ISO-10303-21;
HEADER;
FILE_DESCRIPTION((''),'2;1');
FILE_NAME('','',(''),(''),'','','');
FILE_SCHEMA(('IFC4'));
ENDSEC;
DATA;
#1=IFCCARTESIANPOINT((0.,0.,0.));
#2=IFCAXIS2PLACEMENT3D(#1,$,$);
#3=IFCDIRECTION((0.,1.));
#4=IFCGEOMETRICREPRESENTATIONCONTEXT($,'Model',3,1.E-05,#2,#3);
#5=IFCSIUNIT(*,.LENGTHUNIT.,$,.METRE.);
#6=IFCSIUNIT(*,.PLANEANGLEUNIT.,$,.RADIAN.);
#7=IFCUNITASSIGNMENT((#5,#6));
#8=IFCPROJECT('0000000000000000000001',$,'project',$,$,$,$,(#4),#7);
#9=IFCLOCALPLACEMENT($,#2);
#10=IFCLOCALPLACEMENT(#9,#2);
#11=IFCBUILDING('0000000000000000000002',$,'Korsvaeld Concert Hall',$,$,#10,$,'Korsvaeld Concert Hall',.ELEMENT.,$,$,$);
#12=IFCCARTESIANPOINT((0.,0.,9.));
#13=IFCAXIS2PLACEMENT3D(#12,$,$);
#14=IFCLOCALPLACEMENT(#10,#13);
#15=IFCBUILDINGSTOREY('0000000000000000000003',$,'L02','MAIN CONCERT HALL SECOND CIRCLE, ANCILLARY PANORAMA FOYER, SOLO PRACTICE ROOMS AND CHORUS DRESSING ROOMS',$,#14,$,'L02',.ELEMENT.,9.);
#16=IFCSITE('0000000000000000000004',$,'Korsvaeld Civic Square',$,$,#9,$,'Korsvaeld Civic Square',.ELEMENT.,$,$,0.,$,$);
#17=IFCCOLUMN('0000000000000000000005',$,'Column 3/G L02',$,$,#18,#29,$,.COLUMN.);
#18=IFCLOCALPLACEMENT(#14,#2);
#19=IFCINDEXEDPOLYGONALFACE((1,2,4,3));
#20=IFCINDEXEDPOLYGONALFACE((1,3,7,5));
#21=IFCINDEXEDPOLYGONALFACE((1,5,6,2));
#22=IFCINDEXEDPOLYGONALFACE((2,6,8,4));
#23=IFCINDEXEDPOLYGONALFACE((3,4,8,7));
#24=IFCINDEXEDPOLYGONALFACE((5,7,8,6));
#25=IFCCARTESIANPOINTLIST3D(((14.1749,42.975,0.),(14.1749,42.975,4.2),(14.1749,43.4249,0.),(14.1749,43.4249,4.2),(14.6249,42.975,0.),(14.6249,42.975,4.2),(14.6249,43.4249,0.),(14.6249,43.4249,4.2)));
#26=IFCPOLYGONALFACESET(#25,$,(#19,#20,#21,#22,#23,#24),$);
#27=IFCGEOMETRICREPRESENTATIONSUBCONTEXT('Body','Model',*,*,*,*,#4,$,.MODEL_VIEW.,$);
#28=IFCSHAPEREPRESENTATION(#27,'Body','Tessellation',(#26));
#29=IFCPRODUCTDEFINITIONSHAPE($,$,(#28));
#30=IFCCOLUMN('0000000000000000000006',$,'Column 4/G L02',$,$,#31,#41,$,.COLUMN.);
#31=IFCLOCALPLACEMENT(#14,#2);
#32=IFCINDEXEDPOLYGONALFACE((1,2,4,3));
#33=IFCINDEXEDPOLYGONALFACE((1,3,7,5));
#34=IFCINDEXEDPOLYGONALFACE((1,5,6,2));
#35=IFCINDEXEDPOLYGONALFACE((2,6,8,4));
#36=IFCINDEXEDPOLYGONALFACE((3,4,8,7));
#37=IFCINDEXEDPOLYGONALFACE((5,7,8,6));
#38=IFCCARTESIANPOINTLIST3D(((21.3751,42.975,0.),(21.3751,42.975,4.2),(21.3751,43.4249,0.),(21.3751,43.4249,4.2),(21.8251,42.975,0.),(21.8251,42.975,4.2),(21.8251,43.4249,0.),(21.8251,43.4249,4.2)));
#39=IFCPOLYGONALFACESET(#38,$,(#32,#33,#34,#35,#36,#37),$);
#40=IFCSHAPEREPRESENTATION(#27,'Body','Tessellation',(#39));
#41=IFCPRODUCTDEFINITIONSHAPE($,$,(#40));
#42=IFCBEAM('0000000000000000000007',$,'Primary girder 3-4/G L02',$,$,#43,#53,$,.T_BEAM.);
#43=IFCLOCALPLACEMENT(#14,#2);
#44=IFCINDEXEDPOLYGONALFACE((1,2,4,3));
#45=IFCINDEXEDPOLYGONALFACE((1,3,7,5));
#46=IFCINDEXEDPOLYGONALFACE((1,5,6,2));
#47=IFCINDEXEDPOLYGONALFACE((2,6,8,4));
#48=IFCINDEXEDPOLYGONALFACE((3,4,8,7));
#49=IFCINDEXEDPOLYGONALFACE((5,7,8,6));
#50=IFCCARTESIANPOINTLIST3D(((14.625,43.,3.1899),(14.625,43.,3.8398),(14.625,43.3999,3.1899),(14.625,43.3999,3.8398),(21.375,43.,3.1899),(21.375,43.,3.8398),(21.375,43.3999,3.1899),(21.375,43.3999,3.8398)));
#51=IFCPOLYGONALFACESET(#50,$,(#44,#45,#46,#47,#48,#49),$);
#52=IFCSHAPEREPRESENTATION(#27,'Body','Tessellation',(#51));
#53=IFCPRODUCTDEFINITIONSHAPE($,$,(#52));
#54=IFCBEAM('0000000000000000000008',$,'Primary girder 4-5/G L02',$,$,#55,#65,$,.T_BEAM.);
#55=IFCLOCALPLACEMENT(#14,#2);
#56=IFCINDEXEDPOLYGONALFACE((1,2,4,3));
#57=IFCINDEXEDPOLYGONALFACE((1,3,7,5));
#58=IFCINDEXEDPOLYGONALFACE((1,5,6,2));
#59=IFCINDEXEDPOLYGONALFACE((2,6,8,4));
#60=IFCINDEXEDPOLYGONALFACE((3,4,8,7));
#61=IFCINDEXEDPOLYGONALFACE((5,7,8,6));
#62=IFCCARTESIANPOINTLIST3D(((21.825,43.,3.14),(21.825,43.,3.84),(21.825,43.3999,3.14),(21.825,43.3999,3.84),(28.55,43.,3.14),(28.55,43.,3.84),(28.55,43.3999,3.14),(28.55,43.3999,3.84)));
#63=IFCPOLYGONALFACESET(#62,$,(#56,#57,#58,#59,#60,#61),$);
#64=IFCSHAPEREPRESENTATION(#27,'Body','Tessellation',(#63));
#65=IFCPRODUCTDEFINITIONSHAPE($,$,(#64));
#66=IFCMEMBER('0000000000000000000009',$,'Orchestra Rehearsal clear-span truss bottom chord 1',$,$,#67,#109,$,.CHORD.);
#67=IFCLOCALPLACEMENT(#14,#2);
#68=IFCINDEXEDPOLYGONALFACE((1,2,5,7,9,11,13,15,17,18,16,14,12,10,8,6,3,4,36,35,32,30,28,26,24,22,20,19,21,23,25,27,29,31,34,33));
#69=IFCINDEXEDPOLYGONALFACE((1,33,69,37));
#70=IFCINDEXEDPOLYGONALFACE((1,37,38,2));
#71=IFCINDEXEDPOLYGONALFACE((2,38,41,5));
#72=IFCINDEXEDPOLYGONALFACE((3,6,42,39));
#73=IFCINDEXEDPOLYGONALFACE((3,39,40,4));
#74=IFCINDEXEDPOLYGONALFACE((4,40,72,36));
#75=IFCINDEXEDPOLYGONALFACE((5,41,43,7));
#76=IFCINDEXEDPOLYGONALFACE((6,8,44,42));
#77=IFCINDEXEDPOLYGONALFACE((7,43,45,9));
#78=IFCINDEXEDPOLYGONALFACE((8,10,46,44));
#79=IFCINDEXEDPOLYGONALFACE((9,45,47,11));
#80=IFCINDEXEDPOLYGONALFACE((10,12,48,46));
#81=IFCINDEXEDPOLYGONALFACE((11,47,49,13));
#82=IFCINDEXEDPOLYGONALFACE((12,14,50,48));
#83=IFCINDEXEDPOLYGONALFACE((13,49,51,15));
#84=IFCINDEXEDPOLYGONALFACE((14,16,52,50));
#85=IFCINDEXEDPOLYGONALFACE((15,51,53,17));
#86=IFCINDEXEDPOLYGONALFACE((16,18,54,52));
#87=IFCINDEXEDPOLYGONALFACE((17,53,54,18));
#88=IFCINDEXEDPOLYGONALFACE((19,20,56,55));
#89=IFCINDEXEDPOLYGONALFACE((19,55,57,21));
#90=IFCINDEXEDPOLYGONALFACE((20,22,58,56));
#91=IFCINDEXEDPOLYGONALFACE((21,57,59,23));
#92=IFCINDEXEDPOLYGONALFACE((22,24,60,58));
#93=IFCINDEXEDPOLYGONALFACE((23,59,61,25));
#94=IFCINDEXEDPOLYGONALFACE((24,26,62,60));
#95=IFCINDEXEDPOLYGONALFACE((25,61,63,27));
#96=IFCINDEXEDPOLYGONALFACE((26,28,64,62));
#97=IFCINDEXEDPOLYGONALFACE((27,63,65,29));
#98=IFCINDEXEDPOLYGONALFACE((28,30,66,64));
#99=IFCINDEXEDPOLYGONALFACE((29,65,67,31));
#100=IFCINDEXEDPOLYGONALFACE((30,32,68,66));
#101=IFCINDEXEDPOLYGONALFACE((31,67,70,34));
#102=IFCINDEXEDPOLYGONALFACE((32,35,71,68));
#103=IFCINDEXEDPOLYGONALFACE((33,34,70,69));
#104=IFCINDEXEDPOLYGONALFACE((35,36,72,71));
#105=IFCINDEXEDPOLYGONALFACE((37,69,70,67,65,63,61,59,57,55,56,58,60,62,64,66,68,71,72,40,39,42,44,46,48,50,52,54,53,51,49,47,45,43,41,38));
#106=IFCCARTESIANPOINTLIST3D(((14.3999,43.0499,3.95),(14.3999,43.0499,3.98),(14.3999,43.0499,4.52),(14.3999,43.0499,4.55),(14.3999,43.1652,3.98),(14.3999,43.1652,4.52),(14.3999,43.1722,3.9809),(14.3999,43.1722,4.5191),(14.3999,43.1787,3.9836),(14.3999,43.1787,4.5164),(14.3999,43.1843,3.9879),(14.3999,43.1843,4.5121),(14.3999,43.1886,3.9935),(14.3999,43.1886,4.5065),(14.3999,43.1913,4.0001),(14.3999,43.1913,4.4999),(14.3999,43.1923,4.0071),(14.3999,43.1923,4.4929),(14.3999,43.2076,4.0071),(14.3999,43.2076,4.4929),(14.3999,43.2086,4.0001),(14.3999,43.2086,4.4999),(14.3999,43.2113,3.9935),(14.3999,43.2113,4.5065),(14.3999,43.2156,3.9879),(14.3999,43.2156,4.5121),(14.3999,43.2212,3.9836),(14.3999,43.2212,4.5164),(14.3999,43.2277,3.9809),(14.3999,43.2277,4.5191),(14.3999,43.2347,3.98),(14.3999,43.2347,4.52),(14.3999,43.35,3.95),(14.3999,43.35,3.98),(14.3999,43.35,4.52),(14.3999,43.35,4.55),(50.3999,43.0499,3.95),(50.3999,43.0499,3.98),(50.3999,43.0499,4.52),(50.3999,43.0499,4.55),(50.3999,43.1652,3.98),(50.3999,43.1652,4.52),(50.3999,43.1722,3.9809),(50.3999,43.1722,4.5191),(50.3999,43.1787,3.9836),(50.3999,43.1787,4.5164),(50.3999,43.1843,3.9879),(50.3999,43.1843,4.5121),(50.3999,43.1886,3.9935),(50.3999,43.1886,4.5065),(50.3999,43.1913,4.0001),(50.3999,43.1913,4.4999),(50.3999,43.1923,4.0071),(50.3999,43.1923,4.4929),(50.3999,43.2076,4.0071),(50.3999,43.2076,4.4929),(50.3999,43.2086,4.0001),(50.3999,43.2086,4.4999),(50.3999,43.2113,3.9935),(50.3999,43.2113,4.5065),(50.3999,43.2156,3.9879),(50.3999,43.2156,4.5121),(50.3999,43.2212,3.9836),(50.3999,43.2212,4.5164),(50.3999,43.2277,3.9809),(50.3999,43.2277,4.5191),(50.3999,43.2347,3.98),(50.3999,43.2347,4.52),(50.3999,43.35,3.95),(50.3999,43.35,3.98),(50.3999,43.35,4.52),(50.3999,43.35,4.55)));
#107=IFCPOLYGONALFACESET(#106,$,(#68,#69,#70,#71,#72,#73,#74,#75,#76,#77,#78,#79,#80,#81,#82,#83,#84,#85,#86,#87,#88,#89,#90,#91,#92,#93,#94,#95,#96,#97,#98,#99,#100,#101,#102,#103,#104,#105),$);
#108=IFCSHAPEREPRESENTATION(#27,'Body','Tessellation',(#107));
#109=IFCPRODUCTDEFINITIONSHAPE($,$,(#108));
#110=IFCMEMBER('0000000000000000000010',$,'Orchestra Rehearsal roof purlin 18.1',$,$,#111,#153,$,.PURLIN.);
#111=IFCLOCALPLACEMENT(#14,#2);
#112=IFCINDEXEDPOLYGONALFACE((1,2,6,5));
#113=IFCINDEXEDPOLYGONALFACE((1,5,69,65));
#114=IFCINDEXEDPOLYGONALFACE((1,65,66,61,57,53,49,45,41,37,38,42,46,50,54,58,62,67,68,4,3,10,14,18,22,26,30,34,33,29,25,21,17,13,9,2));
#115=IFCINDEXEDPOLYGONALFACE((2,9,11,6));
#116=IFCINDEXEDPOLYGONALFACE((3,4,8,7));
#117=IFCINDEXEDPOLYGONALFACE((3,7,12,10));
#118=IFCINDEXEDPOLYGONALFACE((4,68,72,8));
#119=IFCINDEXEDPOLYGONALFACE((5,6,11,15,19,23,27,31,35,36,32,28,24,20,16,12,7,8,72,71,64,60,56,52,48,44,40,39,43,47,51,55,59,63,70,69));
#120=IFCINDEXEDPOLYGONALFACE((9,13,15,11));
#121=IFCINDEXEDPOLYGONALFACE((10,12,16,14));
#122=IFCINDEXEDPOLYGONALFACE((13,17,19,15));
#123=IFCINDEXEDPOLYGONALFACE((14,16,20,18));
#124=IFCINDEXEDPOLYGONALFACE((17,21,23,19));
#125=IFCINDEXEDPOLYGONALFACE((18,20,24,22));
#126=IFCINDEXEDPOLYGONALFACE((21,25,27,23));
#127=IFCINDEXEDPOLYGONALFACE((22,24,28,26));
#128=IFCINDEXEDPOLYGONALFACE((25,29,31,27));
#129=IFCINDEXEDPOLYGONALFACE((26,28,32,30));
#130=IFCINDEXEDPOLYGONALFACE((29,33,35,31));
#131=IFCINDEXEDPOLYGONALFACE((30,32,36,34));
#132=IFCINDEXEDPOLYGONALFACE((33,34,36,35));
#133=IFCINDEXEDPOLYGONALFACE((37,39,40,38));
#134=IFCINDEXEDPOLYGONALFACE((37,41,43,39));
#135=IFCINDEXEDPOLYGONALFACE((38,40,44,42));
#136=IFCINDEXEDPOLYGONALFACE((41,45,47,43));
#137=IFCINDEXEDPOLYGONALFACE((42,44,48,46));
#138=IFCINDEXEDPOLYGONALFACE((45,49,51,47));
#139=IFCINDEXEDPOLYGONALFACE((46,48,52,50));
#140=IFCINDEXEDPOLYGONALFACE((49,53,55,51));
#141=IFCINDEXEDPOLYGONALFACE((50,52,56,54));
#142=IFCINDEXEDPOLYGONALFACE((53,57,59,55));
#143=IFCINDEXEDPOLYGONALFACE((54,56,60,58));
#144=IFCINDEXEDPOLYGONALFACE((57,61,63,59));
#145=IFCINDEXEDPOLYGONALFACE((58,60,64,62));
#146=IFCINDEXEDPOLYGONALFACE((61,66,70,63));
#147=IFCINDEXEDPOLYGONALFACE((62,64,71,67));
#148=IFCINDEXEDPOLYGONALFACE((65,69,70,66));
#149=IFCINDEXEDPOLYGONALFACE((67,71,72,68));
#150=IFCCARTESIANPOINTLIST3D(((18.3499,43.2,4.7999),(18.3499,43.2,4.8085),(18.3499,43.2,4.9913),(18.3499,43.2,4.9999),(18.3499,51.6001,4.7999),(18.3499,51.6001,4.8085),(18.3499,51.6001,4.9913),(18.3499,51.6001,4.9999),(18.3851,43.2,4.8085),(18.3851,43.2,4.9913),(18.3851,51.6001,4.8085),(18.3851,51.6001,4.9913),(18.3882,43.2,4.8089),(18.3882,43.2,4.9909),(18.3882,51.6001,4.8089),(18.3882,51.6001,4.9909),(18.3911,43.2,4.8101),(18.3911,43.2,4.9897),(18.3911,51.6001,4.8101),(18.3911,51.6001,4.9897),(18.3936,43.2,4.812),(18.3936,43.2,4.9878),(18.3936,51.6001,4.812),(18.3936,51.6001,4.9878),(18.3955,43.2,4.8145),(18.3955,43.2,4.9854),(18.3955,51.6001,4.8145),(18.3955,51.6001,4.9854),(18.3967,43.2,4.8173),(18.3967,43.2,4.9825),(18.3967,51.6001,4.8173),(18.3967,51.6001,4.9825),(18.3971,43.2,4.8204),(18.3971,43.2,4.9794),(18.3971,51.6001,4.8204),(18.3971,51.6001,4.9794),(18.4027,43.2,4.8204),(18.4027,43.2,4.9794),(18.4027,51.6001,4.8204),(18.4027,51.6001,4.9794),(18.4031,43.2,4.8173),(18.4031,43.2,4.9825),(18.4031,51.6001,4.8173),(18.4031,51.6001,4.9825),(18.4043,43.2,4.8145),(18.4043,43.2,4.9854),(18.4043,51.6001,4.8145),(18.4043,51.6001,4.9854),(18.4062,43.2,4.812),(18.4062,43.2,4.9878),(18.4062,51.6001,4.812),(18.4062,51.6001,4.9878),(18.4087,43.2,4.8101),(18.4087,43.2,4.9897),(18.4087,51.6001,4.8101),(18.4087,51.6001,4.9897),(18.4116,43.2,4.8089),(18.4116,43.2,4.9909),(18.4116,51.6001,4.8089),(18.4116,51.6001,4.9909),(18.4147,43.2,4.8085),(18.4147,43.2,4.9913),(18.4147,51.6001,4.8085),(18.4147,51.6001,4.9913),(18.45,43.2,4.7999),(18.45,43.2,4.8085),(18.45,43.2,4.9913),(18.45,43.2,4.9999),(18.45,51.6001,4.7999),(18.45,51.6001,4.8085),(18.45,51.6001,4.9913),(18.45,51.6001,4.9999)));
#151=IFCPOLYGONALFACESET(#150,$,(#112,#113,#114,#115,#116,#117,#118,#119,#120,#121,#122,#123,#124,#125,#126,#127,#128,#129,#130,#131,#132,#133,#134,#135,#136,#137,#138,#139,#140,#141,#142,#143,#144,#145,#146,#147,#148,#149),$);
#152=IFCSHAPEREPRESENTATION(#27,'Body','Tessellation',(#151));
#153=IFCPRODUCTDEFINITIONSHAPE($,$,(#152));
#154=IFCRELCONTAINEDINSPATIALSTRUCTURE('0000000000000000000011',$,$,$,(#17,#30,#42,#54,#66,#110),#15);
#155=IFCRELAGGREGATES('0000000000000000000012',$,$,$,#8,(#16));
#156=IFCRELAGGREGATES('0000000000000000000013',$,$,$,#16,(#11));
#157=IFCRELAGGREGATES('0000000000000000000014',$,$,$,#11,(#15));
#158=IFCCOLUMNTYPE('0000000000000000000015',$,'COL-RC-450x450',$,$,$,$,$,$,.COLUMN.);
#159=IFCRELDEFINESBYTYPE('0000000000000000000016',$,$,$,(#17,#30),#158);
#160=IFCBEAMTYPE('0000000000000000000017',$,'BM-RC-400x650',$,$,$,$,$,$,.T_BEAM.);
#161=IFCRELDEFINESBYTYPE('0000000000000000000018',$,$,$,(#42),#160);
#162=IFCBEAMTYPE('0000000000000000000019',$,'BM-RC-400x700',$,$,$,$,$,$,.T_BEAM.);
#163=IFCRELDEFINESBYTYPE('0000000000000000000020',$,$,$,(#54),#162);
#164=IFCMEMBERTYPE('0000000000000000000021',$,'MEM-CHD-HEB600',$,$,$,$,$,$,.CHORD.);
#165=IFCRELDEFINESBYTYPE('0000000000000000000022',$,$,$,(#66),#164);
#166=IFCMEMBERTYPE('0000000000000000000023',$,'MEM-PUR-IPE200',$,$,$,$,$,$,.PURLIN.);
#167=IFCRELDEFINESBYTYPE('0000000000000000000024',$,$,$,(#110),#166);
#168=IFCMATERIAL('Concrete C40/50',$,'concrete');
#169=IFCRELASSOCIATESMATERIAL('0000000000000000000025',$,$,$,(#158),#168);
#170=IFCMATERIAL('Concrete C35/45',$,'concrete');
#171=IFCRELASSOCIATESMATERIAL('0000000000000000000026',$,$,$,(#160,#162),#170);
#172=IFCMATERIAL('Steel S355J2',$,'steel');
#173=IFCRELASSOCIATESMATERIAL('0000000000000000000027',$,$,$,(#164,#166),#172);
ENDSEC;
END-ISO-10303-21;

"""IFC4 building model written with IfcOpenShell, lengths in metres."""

from ifc_helpers import new_model, si_unit, direction, frame, origin, origin_2d, place, context, subcontext, project, spatial, rectangle, i_section, extrude, material, material_profile, profile_set, type_object, element, save


model = new_model("IFC4")

# Units and contexts
model_context = context("Model", 3, precision=1e-05, world=origin(), true_north=direction((0.0, 1.0)))
body_context = subcontext(model_context, "Body", "Model", "MODEL_VIEW")
ifc_project = project(units=[si_unit("LENGTHUNIT", "METRE"), si_unit("PLANEANGLEUNIT", "RADIAN")], contexts=[model_context])

# Site, building, storey
site_placement = place(None, origin())
site = spatial("IfcSite", under=ifc_project, at=site_placement, Name="Korsvaeld Civic Square", LongName="Korsvaeld Civic Square", CompositionType="ELEMENT", RefElevation=0.0)
building_placement = place(site_placement, origin())
building = spatial("IfcBuilding", under=site, at=building_placement, Name="Korsvaeld Concert Hall", LongName="Korsvaeld Concert Hall", CompositionType="ELEMENT")
storey_placement = place(building_placement, frame((0.0, 0.0, 9.0)))
storey = spatial("IfcBuildingStorey", under=building, at=storey_placement, Name="L02", Description="MAIN CONCERT HALL SECOND CIRCLE, ANCILLARY PANORAMA FOYER, SOLO PRACTICE ROOMS AND CHORUS DRESSING ROOMS", LongName="L02", CompositionType="ELEMENT", Elevation=9.0)

# Columns
ifc_material_1 = material(Name="Concrete C40/50", Category="concrete")
ifc_material_profile_1 = material_profile(ifc_material_1, rectangle(XDim=0.45, YDim=0.45, at=origin_2d()), Name="RC 450x450")
ifc_profile_set_1 = profile_set([ifc_material_profile_1], Name="Concrete C40/50")
column_type = type_object("IfcColumnType", Name="COL-RC-450x450", PredefinedType="COLUMN", material=ifc_profile_set_1)
for number, where, z_axis, x_axis, name in (
    (1, (14.3999, 43.2, 0.0), (0.0, 0.0, 1.0), (1.0, 0.0, 0.0), "Column 3/G L02"),
    (2, (21.6001, 43.2, 0.0), (0.0, 0.0, 1.0), (1.0, 0.0, 0.0), "Column 4/G L02"),
):
    element("IfcColumn", number, at=place(storey_placement, frame(where, z_axis=z_axis, x_axis=x_axis)), inside=storey, type_object=column_type, Name=name, PredefinedType="COLUMN", context=body_context, shape_type="SweptSolid", body=[
        extrude(rectangle(XDim=0.45, YDim=0.45, at=origin_2d()), origin(), (0.0, 0.0, 1.0), 4.2),
    ])

# Beams
ifc_material_2 = material(Name="Concrete C35/45", Category="concrete")
ifc_material_profile_2 = material_profile(ifc_material_2, rectangle(XDim=0.3999, YDim=0.6499, at=origin_2d()), Name="RC 400x650")
ifc_profile_set_2 = profile_set([ifc_material_profile_2], Name="Concrete C35/45")
beam_type_1 = type_object("IfcBeamType", Name="BM-RC-400x650", PredefinedType="T_BEAM", material=ifc_profile_set_2)
beam_1_placement = place(storey_placement, frame((14.625, 43.2, 3.5149), z_axis=(1.0, 0.0, 0.0), x_axis=(0.0, 1.0, 0.0)))
element("IfcBeam", 3, at=beam_1_placement, inside=storey, type_object=beam_type_1, Name="Primary girder 3-4/G L02", PredefinedType="T_BEAM", context=body_context, shape_type="SweptSolid", body=[
    extrude(rectangle(XDim=0.3999, YDim=0.6499, at=origin_2d()), origin(), (0.0, 0.0, 1.0), 6.75),
])
ifc_material_profile_3 = material_profile(ifc_material_2, rectangle(XDim=0.3999, YDim=0.7, at=origin_2d()), Name="RC 400x700")
ifc_profile_set_3 = profile_set([ifc_material_profile_3], Name="Concrete C35/45")
beam_type_2 = type_object("IfcBeamType", Name="BM-RC-400x700", PredefinedType="T_BEAM", material=ifc_profile_set_3)
beam_2_placement = place(storey_placement, frame((21.825, 43.2, 3.49), z_axis=(1.0, 0.0, 0.0), x_axis=(0.0, 1.0, 0.0)))
element("IfcBeam", 4, at=beam_2_placement, inside=storey, type_object=beam_type_2, Name="Primary girder 4-5/G L02", PredefinedType="T_BEAM", context=body_context, shape_type="SweptSolid", body=[
    extrude(rectangle(XDim=0.3999, YDim=0.7, at=origin_2d()), origin(), (0.0, 0.0, 1.0), 6.7251),
])

# Members
ifc_material_3 = material(Name="Steel S355J2", Category="steel")
ifc_material_profile_4 = material_profile(ifc_material_3, i_section(OverallWidth=0.3, OverallDepth=0.6001, WebThickness=0.0154, FlangeThickness=0.03, FilletRadius=0.0271, at=origin_2d()), Name="HEB 600")
ifc_profile_set_4 = profile_set([ifc_material_profile_4], Name="Steel S355J2")
member_type_1 = type_object("IfcMemberType", Name="MEM-CHD-HEB600", PredefinedType="CHORD", material=ifc_profile_set_4)
member_1_placement = place(storey_placement, frame((14.3999, 43.2, 4.25), z_axis=(1.0, 0.0, 0.0), x_axis=(0.0, 1.0, 0.0)))
element("IfcMember", 5, at=member_1_placement, inside=storey, type_object=member_type_1, Name="Orchestra Rehearsal clear-span truss bottom chord 1", PredefinedType="CHORD", context=body_context, shape_type="SweptSolid", body=[
    extrude(i_section(OverallWidth=0.3, OverallDepth=0.6001, WebThickness=0.0154, FlangeThickness=0.03, FilletRadius=0.0271, at=origin_2d()), origin(), (0.0, 0.0, 1.0), 36.0),
])
ifc_material_profile_5 = material_profile(ifc_material_3, i_section(OverallWidth=0.1001, OverallDepth=0.2, WebThickness=0.0056, FlangeThickness=0.0085, FilletRadius=0.012, at=origin_2d()), Name="IPE 200")
ifc_profile_set_5 = profile_set([ifc_material_profile_5], Name="Steel S355J2")
member_type_2 = type_object("IfcMemberType", Name="MEM-PUR-IPE200", PredefinedType="PURLIN", material=ifc_profile_set_5)
member_2_placement = place(storey_placement, frame((18.3999, 43.2, 4.8999), z_axis=(0.0, 1.0, 0.0), x_axis=(-1.0, 0.0, 0.0)))
element("IfcMember", 6, at=member_2_placement, inside=storey, type_object=member_type_2, Name="Orchestra Rehearsal roof purlin 18.1", PredefinedType="PURLIN", context=body_context, shape_type="SweptSolid", body=[
    extrude(i_section(OverallWidth=0.1001, OverallDepth=0.2, WebThickness=0.0056, FlangeThickness=0.0085, FilletRadius=0.012, at=origin_2d()), origin(), (0.0, 0.0, 1.0), 8.4001),
])

save(model, "model.ifc")
